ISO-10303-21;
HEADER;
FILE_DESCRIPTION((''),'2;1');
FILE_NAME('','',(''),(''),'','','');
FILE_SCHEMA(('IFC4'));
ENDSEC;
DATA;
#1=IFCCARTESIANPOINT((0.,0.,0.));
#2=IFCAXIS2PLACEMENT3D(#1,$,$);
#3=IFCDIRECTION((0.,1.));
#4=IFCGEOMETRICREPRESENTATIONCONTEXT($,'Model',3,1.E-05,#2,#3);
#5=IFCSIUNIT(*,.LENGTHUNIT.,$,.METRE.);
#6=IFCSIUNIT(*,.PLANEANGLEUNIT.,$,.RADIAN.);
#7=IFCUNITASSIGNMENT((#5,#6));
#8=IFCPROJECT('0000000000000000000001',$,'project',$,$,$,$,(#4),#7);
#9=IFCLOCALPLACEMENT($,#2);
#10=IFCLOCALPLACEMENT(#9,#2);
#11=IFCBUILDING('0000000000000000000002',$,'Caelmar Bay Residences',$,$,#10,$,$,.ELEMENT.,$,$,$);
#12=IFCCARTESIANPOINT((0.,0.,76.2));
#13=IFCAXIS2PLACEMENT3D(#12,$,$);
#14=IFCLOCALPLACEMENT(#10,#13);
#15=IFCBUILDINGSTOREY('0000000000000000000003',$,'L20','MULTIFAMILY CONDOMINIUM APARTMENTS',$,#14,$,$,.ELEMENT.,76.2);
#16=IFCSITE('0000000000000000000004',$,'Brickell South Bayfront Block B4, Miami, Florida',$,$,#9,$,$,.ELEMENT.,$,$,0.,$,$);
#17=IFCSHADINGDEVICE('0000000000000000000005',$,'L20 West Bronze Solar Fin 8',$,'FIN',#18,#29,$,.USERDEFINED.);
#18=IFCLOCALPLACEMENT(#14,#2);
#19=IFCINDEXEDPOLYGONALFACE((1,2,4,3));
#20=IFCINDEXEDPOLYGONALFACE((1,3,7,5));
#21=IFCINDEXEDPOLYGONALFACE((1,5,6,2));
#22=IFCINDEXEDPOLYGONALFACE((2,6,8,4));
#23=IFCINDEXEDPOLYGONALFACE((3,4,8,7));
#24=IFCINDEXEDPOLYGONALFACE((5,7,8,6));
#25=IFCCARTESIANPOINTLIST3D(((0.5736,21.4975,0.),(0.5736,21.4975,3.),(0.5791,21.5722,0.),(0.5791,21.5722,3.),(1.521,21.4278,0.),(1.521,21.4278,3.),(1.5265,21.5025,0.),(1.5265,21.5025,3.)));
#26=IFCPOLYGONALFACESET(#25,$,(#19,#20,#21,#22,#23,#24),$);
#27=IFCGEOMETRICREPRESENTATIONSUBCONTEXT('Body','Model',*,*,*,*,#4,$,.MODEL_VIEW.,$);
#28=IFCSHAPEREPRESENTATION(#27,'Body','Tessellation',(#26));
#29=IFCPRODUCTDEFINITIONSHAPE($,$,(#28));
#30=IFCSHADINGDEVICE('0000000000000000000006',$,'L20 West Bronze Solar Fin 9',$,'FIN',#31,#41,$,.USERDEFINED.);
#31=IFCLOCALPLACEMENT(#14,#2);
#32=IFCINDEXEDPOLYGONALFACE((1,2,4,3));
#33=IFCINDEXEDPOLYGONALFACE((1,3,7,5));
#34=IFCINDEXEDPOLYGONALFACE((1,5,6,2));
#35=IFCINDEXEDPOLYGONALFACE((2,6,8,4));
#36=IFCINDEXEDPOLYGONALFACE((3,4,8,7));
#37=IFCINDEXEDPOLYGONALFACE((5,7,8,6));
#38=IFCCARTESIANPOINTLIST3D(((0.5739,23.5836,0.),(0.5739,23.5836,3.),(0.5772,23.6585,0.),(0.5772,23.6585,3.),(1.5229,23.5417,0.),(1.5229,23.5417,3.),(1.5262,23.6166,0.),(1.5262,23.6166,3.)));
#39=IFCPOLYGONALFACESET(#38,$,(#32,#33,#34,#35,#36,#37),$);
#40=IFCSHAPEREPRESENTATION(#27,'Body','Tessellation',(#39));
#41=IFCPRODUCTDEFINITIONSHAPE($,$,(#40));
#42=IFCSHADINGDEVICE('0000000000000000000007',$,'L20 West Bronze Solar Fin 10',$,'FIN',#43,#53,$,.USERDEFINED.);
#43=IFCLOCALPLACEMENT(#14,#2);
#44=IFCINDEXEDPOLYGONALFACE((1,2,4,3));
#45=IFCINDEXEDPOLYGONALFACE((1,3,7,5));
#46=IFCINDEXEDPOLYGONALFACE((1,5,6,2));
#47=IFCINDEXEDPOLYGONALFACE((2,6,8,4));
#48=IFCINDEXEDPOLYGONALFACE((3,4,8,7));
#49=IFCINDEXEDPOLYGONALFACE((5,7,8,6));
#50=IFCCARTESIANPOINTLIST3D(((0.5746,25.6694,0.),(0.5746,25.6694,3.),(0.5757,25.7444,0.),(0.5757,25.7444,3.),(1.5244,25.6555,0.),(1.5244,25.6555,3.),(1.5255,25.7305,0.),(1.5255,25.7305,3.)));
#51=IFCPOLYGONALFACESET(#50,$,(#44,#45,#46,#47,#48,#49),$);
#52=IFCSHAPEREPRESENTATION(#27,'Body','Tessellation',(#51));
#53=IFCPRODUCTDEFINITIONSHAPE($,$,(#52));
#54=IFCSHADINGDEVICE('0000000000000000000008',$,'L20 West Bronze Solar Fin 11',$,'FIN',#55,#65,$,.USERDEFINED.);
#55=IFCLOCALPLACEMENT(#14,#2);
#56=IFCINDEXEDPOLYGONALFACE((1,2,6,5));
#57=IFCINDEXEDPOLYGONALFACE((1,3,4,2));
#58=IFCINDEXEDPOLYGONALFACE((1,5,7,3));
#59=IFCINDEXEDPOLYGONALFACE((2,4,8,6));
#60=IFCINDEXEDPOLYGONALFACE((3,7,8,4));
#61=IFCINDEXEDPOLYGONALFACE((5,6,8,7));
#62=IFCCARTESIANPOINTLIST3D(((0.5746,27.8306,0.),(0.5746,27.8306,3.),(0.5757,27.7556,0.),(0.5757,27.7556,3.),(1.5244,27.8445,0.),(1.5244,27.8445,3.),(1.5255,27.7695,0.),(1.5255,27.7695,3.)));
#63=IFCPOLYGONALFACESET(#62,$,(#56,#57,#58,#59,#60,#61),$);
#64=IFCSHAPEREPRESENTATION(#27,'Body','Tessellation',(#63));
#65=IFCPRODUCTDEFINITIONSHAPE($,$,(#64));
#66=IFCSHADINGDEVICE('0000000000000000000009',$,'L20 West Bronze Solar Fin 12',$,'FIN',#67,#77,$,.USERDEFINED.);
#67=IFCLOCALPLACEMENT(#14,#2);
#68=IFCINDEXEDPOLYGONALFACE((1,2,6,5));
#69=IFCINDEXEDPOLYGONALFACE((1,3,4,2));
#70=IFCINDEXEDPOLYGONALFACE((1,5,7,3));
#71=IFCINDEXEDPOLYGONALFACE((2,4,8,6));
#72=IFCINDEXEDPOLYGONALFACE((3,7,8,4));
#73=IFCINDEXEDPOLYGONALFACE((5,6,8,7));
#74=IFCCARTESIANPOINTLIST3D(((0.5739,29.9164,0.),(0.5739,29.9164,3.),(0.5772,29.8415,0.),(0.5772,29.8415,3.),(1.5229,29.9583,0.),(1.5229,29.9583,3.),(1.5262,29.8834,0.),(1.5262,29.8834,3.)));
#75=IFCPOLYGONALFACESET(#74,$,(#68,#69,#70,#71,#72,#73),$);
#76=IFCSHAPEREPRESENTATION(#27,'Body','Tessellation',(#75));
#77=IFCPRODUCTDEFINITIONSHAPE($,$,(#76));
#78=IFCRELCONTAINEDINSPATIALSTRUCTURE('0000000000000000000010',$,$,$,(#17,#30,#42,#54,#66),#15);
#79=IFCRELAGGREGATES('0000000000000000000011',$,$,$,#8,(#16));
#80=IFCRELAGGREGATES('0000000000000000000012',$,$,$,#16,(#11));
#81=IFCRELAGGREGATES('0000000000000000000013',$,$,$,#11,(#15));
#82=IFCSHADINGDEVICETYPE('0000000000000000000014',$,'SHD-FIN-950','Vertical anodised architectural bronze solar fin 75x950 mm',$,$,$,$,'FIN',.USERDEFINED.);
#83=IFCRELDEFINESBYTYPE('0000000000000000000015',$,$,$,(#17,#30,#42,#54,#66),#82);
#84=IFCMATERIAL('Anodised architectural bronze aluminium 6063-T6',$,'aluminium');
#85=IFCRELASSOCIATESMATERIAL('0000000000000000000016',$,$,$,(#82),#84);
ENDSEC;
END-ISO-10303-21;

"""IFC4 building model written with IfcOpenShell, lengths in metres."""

from ifc_helpers import new_model, si_unit, direction, frame, origin, origin_2d, place, context, subcontext, project, spatial, rectangle, extrude, material, material_profile, profile_set, type_object, element, save


model = new_model("IFC4")

# Units and contexts
model_context = context("Model", 3, precision=1e-05, world=origin(), true_north=direction((0.0, 1.0)))
body_context = subcontext(model_context, "Body", "Model", "MODEL_VIEW")
ifc_project = project(units=[si_unit("LENGTHUNIT", "METRE"), si_unit("PLANEANGLEUNIT", "RADIAN")], contexts=[model_context])

# Site, building, storey
site_placement = place(None, origin())
site = spatial("IfcSite", under=ifc_project, at=site_placement, Name="Brickell South Bayfront Block B4, Miami, Florida", CompositionType="ELEMENT", RefElevation=0.0)
building_placement = place(site_placement, origin())
building = spatial("IfcBuilding", under=site, at=building_placement, Name="Caelmar Bay Residences", CompositionType="ELEMENT")
storey_placement = place(building_placement, frame((0.0, 0.0, 76.2)))
storey = spatial("IfcBuildingStorey", under=building, at=storey_placement, Name="L20", Description="MULTIFAMILY CONDOMINIUM APARTMENTS", CompositionType="ELEMENT", Elevation=76.2)

# Shading devices
ifc_material_1 = material(Name="Anodised architectural bronze aluminium 6063-T6", Category="aluminium")
ifc_material_profile_1 = material_profile(ifc_material_1, rectangle(XDim=0.075, YDim=0.95, at=origin_2d()), Name="BRONZE-FIN-75X950")
ifc_profile_set_1 = profile_set([ifc_material_profile_1], Name="Anodised architectural bronze aluminium 6063-T6")
shading_device_type = type_object("IfcShadingDeviceType", Name="SHD-FIN-950", Description="Vertical anodised architectural bronze solar fin 75x950 mm", ElementType="FIN", PredefinedType="USERDEFINED", material=ifc_profile_set_1)
for number, where, z_axis, x_axis, name in (
    (1, (1.05, 21.5, 0.0), (0.0, 0.0, 1.0), (0.073412, 0.997302, 0.0), "L20 West Bronze Solar Fin 8"),
    (2, (1.05, 23.6001, 0.0), (0.0, 0.0, 1.0), (0.044142, 0.999025, 0.0), "L20 West Bronze Solar Fin 9"),
    (3, (1.05, 25.7, 0.0), (0.0, 0.0, 1.0), (0.01466, 0.999893, 0.0), "L20 West Bronze Solar Fin 10"),
    (4, (1.05, 27.8, 0.0), (0.0, 0.0, 1.0), (-0.01466, 0.999893, 0.0), "L20 West Bronze Solar Fin 11"),
    (5, (1.05, 29.8999, 0.0), (0.0, 0.0, 1.0), (-0.044142, 0.999025, 0.0), "L20 West Bronze Solar Fin 12"),
):
    element("IfcShadingDevice", number, at=place(storey_placement, frame(where, z_axis=z_axis, x_axis=x_axis)), inside=storey, type_object=shading_device_type, Name=name, ObjectType="FIN", PredefinedType="USERDEFINED", context=body_context, shape_type="SweptSolid", body=[
        extrude(rectangle(XDim=0.075, YDim=0.95, at=origin_2d()), origin(), (0.0, 0.0, 1.0), 3.0),
    ])

save(model, "model.ifc")
